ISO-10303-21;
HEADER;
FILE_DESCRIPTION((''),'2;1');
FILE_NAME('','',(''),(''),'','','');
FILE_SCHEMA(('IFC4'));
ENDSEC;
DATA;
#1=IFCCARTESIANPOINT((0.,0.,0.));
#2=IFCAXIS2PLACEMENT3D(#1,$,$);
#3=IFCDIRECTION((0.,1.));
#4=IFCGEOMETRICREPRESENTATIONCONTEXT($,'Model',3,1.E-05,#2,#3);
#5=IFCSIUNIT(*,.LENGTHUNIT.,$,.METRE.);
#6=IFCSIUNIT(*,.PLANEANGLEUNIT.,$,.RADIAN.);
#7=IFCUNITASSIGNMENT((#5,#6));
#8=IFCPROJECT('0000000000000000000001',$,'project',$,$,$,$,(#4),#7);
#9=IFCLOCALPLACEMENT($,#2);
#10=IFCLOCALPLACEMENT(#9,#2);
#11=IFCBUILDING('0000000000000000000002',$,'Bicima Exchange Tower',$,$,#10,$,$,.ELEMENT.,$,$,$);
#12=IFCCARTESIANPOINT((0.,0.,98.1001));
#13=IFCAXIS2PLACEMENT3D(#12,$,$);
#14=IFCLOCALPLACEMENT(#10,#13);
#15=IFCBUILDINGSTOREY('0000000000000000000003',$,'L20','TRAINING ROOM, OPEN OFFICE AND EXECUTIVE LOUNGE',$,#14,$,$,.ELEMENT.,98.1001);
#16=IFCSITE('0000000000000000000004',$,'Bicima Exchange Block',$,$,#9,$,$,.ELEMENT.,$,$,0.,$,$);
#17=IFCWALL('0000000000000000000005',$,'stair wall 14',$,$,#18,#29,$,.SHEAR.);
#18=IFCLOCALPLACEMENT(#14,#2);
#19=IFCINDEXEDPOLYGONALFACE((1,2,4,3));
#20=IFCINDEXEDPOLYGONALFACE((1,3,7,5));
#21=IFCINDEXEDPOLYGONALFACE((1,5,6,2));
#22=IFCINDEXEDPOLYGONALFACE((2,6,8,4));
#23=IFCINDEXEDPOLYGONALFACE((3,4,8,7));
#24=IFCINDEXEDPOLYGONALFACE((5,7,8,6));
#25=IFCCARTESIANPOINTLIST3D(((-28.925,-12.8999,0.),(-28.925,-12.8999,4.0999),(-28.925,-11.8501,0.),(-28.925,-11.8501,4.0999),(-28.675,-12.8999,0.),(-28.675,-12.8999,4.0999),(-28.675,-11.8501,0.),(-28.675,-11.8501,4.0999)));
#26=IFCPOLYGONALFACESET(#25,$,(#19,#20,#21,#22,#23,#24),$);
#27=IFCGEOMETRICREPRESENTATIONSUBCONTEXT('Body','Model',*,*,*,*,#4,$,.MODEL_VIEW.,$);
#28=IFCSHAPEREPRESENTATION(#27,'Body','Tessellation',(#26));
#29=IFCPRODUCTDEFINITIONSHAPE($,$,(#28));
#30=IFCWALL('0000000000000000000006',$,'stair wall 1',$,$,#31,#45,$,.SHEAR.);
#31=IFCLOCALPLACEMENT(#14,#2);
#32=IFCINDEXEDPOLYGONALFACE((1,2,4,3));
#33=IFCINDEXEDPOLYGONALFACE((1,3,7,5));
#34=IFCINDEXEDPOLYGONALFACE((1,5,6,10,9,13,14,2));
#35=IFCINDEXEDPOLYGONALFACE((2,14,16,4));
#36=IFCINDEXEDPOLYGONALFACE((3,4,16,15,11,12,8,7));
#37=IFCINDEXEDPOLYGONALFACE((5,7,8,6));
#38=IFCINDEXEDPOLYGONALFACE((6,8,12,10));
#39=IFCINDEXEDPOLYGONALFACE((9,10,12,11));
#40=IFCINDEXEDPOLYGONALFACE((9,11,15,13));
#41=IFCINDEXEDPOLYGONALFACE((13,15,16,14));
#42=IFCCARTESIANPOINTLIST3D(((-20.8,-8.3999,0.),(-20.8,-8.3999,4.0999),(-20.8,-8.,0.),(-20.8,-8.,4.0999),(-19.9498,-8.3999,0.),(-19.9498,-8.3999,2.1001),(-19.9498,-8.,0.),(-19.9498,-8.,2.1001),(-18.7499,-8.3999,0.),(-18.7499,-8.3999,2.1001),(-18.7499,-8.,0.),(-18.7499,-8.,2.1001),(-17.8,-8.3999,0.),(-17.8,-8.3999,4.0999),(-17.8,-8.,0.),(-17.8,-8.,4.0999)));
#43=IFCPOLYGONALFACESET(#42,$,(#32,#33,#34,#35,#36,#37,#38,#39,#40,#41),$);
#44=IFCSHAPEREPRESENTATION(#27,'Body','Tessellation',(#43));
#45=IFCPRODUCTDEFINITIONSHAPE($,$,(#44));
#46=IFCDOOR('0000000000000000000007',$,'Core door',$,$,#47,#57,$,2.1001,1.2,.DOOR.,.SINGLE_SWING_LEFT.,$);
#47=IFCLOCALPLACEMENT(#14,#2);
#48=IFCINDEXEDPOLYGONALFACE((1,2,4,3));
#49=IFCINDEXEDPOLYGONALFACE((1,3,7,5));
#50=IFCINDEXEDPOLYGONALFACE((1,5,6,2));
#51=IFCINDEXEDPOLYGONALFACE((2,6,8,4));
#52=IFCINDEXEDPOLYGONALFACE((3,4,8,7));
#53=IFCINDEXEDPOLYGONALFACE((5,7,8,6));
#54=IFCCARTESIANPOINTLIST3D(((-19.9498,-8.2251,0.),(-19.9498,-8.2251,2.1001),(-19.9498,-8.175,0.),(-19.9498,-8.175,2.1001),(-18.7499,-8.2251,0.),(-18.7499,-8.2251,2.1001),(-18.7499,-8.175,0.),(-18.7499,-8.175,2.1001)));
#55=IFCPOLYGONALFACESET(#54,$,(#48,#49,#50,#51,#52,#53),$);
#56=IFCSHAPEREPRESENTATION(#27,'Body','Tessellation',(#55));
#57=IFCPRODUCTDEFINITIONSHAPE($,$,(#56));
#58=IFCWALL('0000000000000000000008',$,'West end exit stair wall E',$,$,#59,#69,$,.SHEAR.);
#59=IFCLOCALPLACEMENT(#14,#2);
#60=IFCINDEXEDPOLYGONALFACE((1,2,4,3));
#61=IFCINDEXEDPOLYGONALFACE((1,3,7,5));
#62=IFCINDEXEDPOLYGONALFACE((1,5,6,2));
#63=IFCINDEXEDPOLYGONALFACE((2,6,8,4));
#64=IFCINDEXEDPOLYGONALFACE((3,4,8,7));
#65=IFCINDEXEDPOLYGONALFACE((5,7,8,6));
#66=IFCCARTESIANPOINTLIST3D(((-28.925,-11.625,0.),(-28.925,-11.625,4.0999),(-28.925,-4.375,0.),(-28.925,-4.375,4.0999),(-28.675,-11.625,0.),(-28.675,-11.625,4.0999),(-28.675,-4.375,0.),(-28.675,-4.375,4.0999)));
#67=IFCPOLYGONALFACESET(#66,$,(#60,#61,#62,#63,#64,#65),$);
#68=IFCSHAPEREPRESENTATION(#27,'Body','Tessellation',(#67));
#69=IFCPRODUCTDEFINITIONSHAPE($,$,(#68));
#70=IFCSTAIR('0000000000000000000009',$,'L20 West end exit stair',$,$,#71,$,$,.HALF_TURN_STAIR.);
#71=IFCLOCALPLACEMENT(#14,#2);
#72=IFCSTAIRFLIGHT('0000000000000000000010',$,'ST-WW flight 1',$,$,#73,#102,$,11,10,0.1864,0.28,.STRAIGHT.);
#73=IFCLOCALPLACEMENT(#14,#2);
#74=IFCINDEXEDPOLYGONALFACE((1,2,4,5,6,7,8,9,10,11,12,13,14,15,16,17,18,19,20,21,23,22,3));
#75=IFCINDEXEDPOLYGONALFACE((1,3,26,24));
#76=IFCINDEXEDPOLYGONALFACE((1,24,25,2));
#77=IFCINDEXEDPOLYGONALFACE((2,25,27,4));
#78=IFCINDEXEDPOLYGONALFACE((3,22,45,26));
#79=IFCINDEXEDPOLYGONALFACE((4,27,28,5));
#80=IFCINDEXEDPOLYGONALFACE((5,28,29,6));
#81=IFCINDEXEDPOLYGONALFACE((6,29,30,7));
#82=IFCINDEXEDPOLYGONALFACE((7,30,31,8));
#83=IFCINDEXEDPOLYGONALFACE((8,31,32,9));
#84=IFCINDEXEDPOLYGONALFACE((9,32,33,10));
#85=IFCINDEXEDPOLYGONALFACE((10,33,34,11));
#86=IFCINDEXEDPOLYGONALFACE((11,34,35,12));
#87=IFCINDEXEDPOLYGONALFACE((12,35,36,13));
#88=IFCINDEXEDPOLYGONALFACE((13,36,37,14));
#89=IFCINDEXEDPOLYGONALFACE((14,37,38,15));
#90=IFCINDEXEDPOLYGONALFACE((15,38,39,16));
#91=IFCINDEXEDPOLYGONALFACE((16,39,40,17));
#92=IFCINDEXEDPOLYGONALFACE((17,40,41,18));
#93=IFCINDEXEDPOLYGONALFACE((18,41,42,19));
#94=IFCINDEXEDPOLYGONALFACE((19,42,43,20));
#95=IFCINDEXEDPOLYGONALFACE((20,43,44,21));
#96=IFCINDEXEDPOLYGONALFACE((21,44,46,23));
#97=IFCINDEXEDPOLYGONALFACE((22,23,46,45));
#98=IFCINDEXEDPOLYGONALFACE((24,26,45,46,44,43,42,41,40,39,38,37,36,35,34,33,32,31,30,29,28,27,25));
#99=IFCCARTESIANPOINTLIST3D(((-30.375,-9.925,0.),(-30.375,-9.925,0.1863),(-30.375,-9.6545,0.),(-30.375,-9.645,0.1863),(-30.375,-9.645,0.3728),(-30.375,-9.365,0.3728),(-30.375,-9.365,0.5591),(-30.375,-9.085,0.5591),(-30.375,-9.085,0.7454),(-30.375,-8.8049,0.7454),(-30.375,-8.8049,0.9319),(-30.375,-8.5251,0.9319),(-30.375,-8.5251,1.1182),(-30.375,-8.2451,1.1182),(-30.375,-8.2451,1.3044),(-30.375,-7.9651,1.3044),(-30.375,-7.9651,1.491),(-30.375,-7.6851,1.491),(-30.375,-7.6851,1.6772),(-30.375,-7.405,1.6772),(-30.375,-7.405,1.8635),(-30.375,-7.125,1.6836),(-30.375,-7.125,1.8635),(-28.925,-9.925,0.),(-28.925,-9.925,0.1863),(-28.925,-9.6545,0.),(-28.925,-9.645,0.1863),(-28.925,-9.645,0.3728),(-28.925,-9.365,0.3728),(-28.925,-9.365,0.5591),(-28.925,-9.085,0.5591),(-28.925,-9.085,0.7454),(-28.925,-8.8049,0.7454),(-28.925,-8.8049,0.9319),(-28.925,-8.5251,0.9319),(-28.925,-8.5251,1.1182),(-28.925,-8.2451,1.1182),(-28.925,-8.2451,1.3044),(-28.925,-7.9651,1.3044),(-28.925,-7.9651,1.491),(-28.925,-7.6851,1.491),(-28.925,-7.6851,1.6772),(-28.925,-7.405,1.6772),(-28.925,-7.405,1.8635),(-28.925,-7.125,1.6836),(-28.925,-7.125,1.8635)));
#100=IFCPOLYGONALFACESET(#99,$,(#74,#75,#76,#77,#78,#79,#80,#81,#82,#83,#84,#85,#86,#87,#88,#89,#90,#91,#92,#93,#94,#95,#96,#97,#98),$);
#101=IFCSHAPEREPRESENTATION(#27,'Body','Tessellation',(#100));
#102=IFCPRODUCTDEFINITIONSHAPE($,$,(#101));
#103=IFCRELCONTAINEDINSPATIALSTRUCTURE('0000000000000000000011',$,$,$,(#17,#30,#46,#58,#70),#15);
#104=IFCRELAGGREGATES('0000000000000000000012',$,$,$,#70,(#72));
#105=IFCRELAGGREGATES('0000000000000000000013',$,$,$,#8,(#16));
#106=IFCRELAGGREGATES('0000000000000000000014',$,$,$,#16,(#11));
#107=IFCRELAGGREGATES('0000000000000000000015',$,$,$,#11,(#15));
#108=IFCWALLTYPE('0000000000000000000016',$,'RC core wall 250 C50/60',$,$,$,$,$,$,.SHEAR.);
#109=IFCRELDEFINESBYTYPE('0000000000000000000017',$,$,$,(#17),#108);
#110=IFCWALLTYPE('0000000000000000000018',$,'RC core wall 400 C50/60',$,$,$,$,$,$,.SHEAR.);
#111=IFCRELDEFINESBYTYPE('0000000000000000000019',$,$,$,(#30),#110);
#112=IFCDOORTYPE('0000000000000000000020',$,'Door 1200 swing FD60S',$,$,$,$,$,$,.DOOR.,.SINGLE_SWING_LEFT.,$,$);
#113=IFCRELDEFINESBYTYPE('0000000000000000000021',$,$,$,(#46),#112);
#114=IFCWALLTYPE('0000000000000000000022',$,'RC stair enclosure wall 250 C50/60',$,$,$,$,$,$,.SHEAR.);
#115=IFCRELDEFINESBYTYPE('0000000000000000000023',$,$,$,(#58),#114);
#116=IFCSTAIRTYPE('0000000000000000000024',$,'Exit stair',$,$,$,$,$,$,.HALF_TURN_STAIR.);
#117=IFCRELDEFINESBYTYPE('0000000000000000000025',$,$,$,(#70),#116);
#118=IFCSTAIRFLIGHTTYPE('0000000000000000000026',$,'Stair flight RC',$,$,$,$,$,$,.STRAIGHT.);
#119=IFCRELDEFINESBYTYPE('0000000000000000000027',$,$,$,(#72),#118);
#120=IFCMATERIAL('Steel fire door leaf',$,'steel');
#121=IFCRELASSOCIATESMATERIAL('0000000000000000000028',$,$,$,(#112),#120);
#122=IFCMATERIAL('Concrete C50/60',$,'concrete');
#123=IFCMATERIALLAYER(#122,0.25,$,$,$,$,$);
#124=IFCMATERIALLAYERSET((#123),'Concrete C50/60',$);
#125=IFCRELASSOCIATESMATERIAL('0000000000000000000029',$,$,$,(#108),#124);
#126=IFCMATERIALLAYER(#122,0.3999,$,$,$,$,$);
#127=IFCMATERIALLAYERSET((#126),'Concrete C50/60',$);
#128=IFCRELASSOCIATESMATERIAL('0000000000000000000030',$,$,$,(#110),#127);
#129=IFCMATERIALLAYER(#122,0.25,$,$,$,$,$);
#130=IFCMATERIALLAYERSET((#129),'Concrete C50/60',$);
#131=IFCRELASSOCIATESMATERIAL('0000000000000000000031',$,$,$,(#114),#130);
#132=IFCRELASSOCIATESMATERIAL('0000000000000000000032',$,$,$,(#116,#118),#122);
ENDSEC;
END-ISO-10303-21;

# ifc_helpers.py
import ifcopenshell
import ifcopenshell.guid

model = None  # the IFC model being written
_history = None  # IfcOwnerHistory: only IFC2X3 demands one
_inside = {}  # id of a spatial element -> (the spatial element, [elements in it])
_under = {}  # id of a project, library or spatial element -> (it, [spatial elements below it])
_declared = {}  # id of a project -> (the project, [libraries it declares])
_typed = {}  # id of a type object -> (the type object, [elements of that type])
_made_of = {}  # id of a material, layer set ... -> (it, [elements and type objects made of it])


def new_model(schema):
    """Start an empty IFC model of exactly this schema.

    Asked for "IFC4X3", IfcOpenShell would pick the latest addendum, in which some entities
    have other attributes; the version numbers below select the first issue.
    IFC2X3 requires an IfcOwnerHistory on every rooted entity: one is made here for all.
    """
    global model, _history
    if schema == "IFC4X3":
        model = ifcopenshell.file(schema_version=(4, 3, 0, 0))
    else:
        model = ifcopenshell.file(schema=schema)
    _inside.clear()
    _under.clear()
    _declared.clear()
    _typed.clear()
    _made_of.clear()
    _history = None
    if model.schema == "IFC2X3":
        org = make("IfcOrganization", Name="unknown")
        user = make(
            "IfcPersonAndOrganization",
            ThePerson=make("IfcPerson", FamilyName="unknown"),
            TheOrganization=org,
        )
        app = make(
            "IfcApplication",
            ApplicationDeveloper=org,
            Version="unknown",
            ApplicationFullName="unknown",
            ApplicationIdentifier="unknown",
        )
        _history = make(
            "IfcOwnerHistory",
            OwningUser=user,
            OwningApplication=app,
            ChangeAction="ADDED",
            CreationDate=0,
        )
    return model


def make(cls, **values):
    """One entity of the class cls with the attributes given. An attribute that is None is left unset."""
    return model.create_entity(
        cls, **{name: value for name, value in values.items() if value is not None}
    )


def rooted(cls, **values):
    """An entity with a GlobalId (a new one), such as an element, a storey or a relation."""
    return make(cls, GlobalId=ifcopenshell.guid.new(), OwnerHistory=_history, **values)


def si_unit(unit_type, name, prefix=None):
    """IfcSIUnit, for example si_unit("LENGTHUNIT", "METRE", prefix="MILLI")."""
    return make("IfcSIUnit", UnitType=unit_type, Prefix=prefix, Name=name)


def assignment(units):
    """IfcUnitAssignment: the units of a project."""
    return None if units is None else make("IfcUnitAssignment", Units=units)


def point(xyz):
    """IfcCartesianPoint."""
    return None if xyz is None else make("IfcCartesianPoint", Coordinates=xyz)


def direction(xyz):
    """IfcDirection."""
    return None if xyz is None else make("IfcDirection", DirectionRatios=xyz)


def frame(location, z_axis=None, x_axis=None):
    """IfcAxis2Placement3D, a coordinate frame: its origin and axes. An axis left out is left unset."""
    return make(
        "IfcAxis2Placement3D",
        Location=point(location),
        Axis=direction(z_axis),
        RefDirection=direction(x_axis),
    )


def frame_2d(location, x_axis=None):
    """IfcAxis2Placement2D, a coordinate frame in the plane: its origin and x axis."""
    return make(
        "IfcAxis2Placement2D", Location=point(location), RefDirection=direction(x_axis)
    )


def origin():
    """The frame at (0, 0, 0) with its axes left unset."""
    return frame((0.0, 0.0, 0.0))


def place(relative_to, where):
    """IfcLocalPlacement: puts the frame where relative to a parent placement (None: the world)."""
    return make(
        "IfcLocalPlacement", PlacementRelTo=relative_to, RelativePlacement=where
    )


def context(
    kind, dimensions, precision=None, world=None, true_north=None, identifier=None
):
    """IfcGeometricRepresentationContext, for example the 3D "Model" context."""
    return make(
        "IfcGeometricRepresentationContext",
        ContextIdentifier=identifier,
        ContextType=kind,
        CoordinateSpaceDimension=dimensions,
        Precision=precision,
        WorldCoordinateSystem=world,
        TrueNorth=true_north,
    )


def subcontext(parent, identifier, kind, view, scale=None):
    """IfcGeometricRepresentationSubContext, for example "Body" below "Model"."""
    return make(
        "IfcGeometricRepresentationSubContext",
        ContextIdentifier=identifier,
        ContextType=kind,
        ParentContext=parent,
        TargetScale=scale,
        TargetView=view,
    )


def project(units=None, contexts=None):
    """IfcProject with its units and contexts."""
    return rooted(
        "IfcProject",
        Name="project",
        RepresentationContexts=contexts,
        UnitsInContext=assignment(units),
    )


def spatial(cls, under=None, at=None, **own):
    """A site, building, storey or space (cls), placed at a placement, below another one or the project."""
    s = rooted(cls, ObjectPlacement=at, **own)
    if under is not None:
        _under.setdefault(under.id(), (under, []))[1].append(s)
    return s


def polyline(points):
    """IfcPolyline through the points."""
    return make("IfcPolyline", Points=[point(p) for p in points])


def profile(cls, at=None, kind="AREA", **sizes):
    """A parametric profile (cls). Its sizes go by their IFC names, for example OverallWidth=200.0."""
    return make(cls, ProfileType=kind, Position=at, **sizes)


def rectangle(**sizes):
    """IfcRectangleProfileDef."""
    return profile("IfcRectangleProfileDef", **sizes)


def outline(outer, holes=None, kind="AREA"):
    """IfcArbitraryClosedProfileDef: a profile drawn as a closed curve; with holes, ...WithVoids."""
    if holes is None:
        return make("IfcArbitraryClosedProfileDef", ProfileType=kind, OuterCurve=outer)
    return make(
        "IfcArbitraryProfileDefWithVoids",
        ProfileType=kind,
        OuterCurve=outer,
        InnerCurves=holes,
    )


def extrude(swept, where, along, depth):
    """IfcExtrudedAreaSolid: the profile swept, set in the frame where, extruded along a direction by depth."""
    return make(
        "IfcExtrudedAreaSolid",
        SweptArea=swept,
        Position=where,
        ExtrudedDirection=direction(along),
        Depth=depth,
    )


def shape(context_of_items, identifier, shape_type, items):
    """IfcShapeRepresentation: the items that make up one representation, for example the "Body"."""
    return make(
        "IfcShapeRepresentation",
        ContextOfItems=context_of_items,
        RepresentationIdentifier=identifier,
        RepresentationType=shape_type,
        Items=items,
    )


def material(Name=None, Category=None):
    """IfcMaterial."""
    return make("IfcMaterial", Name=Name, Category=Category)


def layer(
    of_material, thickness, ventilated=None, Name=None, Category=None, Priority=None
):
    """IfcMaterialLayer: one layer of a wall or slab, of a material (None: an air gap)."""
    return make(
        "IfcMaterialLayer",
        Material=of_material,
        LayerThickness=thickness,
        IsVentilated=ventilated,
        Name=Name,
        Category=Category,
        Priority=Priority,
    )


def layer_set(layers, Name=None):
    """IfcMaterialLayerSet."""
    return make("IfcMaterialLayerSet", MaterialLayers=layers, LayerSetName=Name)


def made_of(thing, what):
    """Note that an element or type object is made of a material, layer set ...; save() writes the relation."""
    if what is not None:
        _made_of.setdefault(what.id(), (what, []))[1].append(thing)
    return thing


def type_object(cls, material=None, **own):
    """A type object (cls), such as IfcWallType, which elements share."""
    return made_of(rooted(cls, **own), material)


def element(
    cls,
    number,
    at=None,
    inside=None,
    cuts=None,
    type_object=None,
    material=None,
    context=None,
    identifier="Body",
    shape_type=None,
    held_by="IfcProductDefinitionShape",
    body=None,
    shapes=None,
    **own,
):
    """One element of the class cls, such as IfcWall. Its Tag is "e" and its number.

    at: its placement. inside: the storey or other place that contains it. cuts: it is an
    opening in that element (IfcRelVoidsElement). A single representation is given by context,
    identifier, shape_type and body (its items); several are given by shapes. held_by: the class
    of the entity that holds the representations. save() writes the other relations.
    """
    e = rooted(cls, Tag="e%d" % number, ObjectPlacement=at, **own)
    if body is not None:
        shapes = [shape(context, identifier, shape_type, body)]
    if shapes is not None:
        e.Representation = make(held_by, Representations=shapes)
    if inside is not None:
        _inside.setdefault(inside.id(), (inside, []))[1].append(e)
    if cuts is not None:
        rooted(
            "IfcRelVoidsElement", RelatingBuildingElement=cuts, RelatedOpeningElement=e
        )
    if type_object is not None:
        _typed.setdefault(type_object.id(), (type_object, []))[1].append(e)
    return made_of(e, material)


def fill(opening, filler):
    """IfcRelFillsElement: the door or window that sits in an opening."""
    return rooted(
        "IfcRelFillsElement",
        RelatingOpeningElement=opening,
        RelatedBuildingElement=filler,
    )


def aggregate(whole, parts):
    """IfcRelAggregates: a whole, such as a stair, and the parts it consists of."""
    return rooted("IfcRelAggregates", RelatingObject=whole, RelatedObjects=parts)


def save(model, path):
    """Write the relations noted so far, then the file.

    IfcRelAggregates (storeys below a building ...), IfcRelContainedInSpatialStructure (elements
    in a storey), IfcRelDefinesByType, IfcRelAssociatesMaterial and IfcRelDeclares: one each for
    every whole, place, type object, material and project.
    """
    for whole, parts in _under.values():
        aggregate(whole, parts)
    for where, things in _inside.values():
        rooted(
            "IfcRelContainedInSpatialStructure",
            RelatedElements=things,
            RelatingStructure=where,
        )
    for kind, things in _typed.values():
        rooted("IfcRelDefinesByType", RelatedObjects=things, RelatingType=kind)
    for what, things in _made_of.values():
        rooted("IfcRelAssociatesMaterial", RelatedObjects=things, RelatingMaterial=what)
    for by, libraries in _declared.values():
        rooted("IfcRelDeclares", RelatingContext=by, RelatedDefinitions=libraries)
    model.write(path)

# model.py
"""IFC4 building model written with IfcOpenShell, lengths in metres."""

from ifc_helpers import new_model, si_unit, direction, frame, frame_2d, origin, place, context, subcontext, project, spatial, polyline, rectangle, outline, extrude, material, layer, layer_set, type_object, element, fill, aggregate, save


model = new_model("IFC4")

# Units and contexts
model_context = context("Model", 3, precision=1e-05, world=origin(), true_north=direction((0.0, 1.0)))
body_context = subcontext(model_context, "Body", "Model", "MODEL_VIEW")
ifc_project = project(units=[si_unit("LENGTHUNIT", "METRE"), si_unit("PLANEANGLEUNIT", "RADIAN")], contexts=[model_context])

# Site, building, storey
site_placement = place(None, origin())
site = spatial("IfcSite", under=ifc_project, at=site_placement, Name="Bicima Exchange Block", CompositionType="ELEMENT", RefElevation=0.0)
building_placement = place(site_placement, origin())
building = spatial("IfcBuilding", under=site, at=building_placement, Name="Bicima Exchange Tower", CompositionType="ELEMENT")
storey_placement = place(building_placement, frame((0.0, 0.0, 98.1001)))
storey = spatial("IfcBuildingStorey", under=building, at=storey_placement, Name="L20", Description="TRAINING ROOM, OPEN OFFICE AND EXECUTIVE LOUNGE", CompositionType="ELEMENT", Elevation=98.1001)

# Shared definitions
ifc_material_1 = material(Name="Steel fire door leaf", Category="steel")
door_type_1 = type_object("IfcDoorType", Name="Door 1200 swing FD60S", OperationType="SINGLE_SWING_LEFT", PredefinedType="DOOR", material=ifc_material_1)

# Wall
ifc_material_2 = material(Name="Concrete C50/60", Category="concrete")
ifc_layer_1 = layer(ifc_material_2, 0.25)
ifc_layer_set_1 = layer_set([ifc_layer_1], Name="Concrete C50/60")
wall_type_1 = type_object("IfcWallType", Name="RC core wall 250 C50/60", PredefinedType="SHEAR", material=ifc_layer_set_1)
wall_1_placement = place(storey_placement, frame((-28.8, -12.8999, 0.0), z_axis=(0.0, 0.0, 1.0), x_axis=(0.0, 1.0, 0.0)))
element("IfcWall", 1, at=wall_1_placement, inside=storey, type_object=wall_type_1, Name="stair wall 14", PredefinedType="SHEAR", context=body_context, shape_type="SweptSolid", body=[
    extrude(rectangle(XDim=1.0498, YDim=0.25, at=frame_2d((0.5249, 0.0))), origin(), (0.0, 0.0, 1.0), 4.0999),
])

# Wall, opening, door
ifc_layer_2 = layer(ifc_material_2, 0.3999)
ifc_layer_set_2 = layer_set([ifc_layer_2], Name="Concrete C50/60")
wall_type_2 = type_object("IfcWallType", Name="RC core wall 400 C50/60", PredefinedType="SHEAR", material=ifc_layer_set_2)
wall_2_placement = place(storey_placement, frame((-20.8, -8.2, 0.0), z_axis=(0.0, 0.0, 1.0), x_axis=(1.0, 0.0, 0.0)))
wall_2 = element("IfcWall", 2, at=wall_2_placement, inside=storey, type_object=wall_type_2, Name="stair wall 1", PredefinedType="SHEAR", context=body_context, shape_type="SweptSolid", body=[
    extrude(rectangle(XDim=3.0, YDim=0.3999, at=frame_2d((1.5, 0.0))), origin(), (0.0, 0.0, 1.0), 4.0999),
])
opening_1_placement = place(wall_2_placement, frame((0.8501, 0.0, 0.0)))
opening_1 = element("IfcOpeningElement", 3, at=opening_1_placement, cuts=wall_2, PredefinedType="OPENING", context=body_context, shape_type="SweptSolid", body=[
    extrude(rectangle(XDim=1.2, YDim=2.1001, at=frame_2d((0.6001, 1.05))), frame((0.0, 0.2119, 0.0), z_axis=(0.0, -1.0, 0.0), x_axis=(1.0, 0.0, 0.0)), (0.0, 0.0, 1.0), 0.4238),
])
door_1_placement = place(opening_1_placement, origin())
door_1 = element("IfcDoor", 4, at=door_1_placement, inside=storey, type_object=door_type_1, Name="Core door", OperationType="SINGLE_SWING_LEFT", OverallHeight=2.1001, OverallWidth=1.2, PredefinedType="DOOR", context=body_context, shape_type="SweptSolid", body=[
    extrude(rectangle(XDim=1.2, YDim=2.1001, at=frame_2d((0.6001, 1.05))), frame((0.0, 0.0249, 0.0), z_axis=(0.0, -1.0, 0.0), x_axis=(1.0, 0.0, 0.0)), (0.0, 0.0, 1.0), 0.05),
])
fill(opening_1, door_1)

# Wall
ifc_layer_3 = layer(ifc_material_2, 0.25)
ifc_layer_set_3 = layer_set([ifc_layer_3], Name="Concrete C50/60")
wall_type_3 = type_object("IfcWallType", Name="RC stair enclosure wall 250 C50/60", PredefinedType="SHEAR", material=ifc_layer_set_3)
wall_3_placement = place(storey_placement, frame((-28.8, -11.625, 0.0), z_axis=(0.0, 0.0, 1.0), x_axis=(0.0, 1.0, 0.0)))
element("IfcWall", 5, at=wall_3_placement, inside=storey, type_object=wall_type_3, Name="West end exit stair wall E", PredefinedType="SHEAR", context=body_context, shape_type="SweptSolid", body=[
    extrude(rectangle(XDim=7.25, YDim=0.25, at=frame_2d((3.625, 0.0))), origin(), (0.0, 0.0, 1.0), 4.0999),
])

# Stair, stair flight
stair_type = type_object("IfcStairType", Name="Exit stair", PredefinedType="HALF_TURN_STAIR", material=ifc_material_2)
stair_placement = place(storey_placement, origin())
stair = element("IfcStair", 6, at=stair_placement, inside=storey, type_object=stair_type, Name="L20 West end exit stair", PredefinedType="HALF_TURN_STAIR")
stair_flight_type = type_object("IfcStairFlightType", Name="Stair flight RC", PredefinedType="STRAIGHT", material=ifc_material_2)
stair_flight_placement = place(storey_placement, frame((-29.6499, -9.925, 0.0), z_axis=(0.0, 0.0, 1.0), x_axis=(0.0, 1.0, 0.0)))
stair_flight = element("IfcStairFlight", 7, at=stair_flight_placement, type_object=stair_flight_type, Name="ST-WW flight 1", NumberOfRisers=11, NumberOfTreads=10, PredefinedType="STRAIGHT", RiserHeight=0.1864, TreadLength=0.28, context=body_context, shape_type="SweptSolid", body=[
    extrude(outline(polyline([(0.0, 0.0), (0.0, 0.1863), (0.28, 0.1863), (0.28, 0.3728), (0.5601, 0.3728), (0.5601, 0.5591), (0.8401, 0.5591), (0.8401, 0.7454), (1.1201, 0.7454), (1.1201, 0.9319), (1.3999, 0.9319), (1.3999, 1.1182), (1.6799, 1.1182), (1.6799, 1.3044), (1.96, 1.3044), (1.96, 1.491), (2.24, 1.491), (2.24, 1.6772), (2.52, 1.6772), (2.52, 1.8635), (2.8, 1.8635), (2.8, 2.05), (2.8, 1.6836), (0.2705, 0.0), (0.0, 0.0)])), frame((0.0, 0.7251, 0.0), z_axis=(0.0, -1.0, 0.0), x_axis=(1.0, 0.0, 0.0)), (0.0, 0.0, 1.0), 1.45),
])
aggregate(stair, [stair_flight])

save(model, "model.ifc")
